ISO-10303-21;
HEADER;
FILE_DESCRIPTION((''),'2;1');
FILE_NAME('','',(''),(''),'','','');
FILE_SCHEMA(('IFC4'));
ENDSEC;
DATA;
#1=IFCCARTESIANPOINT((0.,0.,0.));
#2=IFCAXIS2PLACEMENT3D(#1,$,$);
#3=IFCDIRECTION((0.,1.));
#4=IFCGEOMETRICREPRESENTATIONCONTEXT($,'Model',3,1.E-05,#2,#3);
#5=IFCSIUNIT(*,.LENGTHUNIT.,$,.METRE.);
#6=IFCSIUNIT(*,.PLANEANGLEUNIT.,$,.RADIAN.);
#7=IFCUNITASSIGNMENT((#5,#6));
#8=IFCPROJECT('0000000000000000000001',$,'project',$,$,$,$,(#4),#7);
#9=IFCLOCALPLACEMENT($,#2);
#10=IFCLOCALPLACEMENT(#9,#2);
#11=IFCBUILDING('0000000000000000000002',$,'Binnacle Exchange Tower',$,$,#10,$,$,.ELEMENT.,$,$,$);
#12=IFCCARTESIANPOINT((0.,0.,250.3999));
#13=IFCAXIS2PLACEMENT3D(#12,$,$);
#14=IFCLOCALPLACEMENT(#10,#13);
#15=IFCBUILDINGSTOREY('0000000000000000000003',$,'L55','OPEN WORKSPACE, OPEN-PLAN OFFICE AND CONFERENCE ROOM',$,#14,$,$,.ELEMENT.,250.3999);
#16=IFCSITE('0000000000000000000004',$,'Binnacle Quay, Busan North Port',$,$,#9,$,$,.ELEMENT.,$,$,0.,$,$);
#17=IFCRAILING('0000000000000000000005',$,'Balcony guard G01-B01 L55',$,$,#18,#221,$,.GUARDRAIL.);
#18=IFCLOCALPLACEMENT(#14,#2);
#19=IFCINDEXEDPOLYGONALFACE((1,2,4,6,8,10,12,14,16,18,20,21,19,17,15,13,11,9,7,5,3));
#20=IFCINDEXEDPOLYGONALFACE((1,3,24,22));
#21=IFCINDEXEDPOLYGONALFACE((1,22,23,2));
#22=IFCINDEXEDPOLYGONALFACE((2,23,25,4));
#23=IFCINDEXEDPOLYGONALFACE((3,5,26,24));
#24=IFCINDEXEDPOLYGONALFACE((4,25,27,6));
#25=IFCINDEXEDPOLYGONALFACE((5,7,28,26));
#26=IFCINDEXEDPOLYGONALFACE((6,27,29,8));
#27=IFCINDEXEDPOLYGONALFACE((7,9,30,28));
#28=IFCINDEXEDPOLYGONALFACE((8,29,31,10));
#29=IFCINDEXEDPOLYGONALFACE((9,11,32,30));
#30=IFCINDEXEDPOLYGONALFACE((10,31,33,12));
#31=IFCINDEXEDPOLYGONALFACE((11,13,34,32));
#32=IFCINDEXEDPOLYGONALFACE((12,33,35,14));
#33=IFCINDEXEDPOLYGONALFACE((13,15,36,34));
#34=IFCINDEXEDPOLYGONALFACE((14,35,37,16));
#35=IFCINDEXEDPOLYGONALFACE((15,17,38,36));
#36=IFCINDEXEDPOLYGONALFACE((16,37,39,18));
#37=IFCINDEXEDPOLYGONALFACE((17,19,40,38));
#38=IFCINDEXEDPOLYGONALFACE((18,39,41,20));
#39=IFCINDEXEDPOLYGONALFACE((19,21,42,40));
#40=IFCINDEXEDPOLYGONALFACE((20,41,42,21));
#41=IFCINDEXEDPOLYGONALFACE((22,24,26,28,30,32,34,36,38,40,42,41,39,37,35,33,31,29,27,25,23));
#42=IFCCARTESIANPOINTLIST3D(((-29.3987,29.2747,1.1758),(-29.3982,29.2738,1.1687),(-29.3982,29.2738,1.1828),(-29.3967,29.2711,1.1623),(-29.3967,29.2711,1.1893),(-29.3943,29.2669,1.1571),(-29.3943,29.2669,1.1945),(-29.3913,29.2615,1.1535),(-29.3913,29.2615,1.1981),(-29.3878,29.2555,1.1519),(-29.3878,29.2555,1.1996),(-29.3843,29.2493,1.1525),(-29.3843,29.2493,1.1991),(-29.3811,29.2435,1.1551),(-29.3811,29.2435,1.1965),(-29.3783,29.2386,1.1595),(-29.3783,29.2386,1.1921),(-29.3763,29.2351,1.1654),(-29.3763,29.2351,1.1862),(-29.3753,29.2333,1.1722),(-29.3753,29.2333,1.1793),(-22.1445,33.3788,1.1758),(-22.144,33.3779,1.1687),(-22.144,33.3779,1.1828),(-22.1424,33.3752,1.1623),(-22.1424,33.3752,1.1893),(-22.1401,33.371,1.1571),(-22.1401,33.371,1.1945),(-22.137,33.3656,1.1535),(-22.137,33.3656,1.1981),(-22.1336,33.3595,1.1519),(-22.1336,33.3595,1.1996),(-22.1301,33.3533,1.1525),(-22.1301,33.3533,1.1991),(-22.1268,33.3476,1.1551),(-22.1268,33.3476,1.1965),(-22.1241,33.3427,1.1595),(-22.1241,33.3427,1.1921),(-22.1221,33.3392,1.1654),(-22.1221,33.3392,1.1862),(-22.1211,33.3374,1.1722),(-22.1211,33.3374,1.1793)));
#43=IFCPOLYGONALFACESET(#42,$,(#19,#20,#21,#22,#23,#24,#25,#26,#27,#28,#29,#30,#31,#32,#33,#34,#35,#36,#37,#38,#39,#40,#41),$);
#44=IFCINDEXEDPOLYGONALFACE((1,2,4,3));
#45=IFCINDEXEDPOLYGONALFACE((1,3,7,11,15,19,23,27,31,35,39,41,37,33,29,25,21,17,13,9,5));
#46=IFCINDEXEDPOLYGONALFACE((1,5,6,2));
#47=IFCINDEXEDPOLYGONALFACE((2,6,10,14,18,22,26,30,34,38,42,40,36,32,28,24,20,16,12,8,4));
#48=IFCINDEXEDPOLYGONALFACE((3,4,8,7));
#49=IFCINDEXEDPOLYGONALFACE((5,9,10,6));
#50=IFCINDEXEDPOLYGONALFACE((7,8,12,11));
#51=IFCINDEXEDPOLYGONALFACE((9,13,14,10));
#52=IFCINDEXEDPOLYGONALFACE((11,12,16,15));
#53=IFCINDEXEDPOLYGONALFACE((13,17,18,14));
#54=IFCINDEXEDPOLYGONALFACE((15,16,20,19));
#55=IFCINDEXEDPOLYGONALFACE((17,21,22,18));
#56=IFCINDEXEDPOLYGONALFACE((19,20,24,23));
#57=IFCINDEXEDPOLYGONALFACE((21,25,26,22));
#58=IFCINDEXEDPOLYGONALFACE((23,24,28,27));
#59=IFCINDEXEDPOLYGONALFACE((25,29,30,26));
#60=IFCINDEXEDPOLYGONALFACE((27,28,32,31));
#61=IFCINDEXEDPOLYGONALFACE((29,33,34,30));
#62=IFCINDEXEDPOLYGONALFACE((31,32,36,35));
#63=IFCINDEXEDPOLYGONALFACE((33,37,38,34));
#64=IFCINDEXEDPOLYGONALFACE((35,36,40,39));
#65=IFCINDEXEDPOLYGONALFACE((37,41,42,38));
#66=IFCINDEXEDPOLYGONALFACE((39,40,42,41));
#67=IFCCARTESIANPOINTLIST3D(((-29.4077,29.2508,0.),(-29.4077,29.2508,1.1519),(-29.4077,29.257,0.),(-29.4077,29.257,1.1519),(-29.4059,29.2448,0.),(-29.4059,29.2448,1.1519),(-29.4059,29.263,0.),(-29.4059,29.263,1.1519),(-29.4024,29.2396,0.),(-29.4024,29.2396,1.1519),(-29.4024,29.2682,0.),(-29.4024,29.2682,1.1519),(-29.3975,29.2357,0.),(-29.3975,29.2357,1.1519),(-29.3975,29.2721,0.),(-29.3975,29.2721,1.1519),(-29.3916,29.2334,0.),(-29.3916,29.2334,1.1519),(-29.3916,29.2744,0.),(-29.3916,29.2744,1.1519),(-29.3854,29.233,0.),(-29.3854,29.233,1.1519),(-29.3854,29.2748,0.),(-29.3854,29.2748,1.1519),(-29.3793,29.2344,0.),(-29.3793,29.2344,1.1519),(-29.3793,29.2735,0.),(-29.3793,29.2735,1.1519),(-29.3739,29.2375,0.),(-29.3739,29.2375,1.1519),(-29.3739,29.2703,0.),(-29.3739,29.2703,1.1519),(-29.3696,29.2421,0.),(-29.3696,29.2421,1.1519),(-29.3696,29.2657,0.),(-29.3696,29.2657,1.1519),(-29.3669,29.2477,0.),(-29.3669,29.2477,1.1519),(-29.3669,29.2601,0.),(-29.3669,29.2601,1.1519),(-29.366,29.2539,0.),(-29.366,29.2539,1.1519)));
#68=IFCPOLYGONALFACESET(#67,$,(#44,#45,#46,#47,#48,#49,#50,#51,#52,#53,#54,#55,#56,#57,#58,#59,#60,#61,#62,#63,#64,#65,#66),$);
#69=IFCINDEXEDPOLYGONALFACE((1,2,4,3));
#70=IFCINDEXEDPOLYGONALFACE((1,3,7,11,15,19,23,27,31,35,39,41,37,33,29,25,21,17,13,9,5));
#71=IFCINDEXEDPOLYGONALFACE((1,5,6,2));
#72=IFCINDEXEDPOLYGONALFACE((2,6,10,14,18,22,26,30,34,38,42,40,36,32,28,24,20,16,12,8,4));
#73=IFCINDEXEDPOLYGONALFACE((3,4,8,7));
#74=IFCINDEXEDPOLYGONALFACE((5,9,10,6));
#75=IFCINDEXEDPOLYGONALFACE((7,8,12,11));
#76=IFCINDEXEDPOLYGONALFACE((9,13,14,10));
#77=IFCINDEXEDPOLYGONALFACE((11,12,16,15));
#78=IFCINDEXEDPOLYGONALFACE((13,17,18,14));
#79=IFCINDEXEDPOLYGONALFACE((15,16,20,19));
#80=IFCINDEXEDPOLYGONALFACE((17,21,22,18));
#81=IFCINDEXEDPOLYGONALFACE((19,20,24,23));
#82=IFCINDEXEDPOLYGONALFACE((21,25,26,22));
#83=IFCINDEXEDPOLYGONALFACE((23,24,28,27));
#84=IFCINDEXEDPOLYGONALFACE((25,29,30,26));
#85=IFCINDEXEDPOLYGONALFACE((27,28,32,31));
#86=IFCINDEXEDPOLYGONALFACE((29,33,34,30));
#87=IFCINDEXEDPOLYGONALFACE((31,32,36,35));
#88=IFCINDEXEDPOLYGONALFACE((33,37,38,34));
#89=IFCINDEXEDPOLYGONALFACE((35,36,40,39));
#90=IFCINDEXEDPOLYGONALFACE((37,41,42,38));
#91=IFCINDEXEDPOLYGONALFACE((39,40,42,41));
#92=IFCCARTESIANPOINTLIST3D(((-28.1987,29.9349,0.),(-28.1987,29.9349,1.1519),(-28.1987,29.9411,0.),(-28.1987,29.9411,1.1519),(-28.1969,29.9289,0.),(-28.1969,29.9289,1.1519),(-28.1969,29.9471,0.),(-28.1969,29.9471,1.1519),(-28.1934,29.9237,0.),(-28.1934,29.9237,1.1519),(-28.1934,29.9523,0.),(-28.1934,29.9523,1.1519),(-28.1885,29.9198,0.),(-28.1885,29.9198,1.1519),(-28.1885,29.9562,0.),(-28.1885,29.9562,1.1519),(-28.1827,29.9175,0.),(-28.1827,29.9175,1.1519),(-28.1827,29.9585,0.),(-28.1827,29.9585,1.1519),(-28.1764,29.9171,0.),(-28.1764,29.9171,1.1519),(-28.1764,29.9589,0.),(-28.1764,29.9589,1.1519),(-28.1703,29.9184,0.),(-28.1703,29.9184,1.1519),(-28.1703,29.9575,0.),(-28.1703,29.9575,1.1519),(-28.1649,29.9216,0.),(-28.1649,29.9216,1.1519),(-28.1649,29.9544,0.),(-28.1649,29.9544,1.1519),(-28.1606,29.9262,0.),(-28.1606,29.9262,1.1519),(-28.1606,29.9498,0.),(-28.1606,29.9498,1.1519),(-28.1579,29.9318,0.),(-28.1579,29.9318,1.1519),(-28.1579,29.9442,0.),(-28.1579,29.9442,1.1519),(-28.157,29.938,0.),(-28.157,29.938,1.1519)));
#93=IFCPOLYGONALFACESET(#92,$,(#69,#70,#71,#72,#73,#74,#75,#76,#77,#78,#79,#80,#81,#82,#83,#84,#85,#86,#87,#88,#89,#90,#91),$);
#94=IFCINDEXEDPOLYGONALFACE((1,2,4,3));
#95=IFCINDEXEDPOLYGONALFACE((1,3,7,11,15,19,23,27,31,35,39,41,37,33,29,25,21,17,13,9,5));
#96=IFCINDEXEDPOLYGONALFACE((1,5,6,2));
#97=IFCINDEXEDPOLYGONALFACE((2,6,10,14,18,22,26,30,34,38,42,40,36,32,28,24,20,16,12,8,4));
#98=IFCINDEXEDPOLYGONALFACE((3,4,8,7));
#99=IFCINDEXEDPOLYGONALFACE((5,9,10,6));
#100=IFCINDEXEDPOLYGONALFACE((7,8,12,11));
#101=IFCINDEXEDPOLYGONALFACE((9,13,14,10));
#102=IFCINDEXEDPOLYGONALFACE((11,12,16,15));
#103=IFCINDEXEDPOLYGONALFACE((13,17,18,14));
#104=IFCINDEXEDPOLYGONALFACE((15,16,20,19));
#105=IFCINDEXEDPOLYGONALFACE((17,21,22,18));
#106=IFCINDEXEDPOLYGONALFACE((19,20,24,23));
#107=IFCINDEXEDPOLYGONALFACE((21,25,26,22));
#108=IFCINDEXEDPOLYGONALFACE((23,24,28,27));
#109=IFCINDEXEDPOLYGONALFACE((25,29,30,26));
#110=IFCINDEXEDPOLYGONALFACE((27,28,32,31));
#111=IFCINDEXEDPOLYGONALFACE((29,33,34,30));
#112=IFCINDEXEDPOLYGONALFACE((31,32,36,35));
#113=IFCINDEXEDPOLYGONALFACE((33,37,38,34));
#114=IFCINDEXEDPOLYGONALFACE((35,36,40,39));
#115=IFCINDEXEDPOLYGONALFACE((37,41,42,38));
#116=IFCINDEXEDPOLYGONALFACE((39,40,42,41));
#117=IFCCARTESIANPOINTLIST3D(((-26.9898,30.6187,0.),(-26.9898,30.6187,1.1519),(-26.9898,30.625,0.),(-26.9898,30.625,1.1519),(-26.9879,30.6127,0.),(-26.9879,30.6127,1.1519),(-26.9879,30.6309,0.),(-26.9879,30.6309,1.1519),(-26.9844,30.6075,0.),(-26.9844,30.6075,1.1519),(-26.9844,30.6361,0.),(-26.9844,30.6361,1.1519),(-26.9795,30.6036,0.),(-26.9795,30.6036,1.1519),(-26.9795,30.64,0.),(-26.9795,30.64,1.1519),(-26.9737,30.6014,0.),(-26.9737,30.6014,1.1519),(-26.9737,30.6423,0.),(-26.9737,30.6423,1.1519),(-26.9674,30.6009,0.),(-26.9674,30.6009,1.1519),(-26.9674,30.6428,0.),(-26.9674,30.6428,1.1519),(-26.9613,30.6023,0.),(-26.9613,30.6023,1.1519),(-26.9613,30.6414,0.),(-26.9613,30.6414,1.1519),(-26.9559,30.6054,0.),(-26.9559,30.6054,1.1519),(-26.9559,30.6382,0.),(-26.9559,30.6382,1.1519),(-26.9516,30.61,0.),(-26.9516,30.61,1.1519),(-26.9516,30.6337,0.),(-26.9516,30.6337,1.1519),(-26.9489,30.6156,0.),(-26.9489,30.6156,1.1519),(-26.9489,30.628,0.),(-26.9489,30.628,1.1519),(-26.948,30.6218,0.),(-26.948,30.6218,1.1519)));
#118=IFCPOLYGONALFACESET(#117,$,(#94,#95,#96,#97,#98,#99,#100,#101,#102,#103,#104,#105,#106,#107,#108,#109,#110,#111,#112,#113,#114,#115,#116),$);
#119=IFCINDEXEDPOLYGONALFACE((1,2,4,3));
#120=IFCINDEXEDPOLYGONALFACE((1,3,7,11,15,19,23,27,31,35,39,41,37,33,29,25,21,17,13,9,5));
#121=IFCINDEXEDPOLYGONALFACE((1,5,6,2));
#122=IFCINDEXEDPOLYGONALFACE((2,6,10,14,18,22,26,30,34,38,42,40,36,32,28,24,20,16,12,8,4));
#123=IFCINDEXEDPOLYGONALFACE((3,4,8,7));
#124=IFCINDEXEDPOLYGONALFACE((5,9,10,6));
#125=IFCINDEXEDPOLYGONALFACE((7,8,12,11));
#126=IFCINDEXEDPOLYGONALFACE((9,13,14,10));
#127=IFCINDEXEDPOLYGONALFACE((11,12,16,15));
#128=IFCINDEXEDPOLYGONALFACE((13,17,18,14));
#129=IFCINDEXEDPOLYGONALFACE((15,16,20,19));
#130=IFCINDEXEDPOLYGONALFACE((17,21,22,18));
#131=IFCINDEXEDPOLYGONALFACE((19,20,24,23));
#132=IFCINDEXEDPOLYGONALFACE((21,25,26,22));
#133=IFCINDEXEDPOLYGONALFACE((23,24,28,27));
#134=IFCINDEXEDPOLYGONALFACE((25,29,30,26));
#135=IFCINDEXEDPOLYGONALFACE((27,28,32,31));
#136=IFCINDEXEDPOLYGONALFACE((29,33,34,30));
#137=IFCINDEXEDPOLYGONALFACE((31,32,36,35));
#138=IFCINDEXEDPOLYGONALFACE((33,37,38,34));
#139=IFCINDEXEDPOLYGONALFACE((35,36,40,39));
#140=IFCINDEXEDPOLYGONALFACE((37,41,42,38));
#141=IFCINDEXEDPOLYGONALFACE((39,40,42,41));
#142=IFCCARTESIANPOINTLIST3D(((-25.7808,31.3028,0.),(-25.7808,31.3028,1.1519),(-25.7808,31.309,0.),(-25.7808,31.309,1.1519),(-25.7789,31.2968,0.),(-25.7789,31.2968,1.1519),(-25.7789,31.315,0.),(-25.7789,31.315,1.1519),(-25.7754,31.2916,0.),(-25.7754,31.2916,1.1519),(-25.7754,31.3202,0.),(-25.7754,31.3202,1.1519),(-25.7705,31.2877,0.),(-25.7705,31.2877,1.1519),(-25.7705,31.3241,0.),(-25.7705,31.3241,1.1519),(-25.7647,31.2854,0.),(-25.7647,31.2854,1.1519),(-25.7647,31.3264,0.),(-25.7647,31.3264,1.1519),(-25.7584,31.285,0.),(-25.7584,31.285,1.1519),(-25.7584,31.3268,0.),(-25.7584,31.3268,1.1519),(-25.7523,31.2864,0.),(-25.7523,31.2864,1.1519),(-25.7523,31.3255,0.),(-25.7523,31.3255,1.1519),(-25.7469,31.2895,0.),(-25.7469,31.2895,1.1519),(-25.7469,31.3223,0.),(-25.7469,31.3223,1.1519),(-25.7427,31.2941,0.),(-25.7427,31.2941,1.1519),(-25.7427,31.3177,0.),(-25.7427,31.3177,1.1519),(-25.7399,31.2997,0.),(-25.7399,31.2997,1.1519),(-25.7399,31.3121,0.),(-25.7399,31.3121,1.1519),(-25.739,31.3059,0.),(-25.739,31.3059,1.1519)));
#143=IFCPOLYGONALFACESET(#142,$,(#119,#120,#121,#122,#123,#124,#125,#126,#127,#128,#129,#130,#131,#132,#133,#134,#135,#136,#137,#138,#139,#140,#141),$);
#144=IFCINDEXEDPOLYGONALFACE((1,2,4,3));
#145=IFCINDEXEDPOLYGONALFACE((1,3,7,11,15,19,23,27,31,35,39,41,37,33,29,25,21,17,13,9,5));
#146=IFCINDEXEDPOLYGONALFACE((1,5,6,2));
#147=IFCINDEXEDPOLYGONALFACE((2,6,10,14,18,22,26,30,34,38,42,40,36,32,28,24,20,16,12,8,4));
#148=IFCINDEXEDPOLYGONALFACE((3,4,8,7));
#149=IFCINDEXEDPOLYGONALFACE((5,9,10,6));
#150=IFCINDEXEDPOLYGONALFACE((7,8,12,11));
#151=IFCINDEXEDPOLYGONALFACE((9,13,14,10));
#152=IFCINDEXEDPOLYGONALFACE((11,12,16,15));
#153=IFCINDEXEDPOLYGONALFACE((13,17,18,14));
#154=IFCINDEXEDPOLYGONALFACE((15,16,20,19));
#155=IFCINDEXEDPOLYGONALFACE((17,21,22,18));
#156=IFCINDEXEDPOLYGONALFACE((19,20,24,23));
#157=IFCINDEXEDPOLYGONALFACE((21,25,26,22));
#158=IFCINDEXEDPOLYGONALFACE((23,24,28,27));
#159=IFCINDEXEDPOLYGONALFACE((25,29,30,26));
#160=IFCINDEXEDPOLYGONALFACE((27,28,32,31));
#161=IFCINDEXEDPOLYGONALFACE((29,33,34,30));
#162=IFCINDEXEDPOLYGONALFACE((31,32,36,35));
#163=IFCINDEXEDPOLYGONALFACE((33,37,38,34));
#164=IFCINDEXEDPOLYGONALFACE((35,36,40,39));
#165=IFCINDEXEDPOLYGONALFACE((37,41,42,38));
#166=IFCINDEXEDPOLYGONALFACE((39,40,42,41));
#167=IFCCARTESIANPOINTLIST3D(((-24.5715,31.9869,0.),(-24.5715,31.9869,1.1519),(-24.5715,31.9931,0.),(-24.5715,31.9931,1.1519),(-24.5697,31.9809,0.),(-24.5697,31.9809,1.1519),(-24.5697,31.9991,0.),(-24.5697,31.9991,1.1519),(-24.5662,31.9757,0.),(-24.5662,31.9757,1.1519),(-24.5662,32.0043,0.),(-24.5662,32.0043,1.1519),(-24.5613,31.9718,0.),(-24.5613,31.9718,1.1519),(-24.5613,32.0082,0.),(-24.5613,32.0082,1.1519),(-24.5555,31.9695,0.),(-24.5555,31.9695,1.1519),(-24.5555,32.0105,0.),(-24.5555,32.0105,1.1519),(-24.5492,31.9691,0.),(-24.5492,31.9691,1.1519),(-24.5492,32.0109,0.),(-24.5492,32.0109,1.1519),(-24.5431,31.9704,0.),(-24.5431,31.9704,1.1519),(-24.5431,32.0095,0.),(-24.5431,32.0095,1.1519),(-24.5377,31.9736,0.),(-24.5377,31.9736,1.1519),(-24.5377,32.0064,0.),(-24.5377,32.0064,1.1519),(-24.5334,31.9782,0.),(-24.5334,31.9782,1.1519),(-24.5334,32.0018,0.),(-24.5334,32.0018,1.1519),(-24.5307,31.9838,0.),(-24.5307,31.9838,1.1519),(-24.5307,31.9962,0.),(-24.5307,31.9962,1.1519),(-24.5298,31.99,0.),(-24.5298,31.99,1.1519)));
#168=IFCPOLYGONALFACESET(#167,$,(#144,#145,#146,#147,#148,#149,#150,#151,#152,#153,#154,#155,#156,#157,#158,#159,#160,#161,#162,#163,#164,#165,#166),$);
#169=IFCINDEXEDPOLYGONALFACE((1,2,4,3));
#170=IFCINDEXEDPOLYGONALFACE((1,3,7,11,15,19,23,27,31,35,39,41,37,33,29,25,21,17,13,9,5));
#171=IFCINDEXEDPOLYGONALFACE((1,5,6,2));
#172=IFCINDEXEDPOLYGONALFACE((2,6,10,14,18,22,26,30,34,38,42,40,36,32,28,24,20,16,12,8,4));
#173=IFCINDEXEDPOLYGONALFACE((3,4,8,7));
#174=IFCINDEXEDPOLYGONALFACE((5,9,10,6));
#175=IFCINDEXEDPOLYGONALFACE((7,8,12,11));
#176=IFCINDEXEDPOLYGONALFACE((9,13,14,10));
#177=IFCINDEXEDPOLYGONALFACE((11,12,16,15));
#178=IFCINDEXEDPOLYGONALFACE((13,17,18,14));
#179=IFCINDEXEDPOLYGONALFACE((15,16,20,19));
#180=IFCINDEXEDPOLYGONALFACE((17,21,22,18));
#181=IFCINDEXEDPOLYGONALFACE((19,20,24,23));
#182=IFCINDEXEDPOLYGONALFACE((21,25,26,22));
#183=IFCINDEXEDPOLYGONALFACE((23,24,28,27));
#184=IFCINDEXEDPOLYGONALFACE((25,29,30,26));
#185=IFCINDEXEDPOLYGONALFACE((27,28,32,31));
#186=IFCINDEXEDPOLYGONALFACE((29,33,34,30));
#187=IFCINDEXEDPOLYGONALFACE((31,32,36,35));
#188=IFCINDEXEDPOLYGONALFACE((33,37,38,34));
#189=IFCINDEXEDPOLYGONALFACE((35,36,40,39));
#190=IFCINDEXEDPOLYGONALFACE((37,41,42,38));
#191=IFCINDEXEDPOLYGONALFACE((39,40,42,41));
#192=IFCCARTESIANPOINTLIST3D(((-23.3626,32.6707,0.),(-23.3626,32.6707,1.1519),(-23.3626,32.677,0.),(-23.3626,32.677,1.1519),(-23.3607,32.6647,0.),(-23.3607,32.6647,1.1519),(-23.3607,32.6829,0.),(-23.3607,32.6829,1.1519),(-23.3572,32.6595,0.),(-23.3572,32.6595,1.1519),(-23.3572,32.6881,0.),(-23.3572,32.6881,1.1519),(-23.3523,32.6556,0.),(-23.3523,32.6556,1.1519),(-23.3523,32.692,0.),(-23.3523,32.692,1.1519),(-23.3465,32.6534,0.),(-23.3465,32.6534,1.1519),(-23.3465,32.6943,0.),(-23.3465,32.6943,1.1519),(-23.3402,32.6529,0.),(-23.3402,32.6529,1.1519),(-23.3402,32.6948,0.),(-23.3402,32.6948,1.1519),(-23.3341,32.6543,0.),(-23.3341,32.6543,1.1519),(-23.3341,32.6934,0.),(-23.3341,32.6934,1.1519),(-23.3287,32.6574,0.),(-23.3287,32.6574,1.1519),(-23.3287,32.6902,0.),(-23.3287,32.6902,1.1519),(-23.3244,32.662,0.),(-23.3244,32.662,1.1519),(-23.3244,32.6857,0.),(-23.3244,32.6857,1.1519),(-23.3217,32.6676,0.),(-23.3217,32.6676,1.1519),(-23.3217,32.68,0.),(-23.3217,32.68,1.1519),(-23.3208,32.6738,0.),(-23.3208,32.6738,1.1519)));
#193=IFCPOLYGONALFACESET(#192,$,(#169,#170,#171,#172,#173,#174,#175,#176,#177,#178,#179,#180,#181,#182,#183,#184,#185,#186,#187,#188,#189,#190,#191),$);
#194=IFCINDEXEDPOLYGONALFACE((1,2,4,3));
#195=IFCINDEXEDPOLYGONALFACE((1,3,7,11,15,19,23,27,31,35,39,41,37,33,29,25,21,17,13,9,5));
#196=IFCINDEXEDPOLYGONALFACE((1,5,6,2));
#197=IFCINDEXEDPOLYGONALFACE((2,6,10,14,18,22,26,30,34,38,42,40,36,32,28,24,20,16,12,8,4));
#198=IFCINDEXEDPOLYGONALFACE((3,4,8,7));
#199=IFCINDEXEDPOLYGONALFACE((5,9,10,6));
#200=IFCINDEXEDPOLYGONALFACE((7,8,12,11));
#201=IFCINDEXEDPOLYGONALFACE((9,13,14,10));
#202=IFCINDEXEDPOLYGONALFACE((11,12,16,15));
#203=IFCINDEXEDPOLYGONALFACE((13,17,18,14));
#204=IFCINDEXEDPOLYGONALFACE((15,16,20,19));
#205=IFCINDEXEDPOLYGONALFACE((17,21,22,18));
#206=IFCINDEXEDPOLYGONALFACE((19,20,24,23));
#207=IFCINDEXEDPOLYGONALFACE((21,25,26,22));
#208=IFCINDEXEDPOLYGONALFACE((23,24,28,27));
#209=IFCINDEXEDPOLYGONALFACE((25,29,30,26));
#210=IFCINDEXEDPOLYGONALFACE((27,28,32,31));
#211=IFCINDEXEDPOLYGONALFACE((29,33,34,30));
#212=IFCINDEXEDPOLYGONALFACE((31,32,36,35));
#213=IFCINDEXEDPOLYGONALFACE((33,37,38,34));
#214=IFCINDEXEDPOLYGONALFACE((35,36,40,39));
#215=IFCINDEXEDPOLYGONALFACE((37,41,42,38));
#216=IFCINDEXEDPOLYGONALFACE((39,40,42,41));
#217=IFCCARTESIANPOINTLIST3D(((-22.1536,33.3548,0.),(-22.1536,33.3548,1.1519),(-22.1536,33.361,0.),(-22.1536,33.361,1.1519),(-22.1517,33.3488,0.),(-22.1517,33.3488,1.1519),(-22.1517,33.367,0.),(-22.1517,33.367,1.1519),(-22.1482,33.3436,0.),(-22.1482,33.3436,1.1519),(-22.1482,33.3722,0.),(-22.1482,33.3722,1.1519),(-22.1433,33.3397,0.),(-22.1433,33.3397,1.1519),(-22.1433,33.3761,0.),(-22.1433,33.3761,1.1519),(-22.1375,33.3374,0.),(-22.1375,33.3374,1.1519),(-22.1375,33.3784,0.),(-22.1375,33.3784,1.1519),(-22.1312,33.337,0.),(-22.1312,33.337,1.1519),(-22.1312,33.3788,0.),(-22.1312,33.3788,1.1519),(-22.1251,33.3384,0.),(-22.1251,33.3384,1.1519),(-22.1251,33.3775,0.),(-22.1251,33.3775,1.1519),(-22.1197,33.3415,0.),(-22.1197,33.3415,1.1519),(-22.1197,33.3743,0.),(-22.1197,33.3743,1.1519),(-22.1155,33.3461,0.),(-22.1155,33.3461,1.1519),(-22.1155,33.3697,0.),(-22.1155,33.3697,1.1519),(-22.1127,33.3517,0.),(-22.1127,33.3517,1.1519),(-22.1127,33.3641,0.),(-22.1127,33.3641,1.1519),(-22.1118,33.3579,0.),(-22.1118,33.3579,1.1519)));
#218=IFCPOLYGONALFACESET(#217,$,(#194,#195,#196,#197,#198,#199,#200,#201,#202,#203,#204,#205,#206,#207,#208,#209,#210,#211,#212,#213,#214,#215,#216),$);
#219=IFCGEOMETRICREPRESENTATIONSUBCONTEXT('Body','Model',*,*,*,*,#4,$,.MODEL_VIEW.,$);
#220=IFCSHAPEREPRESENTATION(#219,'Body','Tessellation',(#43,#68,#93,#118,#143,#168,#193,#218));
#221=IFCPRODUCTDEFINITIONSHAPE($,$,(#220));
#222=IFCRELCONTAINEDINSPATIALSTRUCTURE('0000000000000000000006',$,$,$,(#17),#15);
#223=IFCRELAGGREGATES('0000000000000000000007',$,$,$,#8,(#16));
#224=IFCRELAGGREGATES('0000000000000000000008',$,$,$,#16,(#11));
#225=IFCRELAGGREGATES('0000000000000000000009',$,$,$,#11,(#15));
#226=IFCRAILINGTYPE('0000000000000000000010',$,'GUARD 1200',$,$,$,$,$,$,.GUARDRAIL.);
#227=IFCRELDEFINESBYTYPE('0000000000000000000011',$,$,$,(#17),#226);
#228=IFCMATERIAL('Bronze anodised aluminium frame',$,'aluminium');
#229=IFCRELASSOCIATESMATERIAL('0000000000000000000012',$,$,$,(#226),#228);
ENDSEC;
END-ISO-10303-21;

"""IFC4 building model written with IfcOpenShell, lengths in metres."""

from ifc_helpers import new_model, si_unit, direction, frame, origin, origin_2d, place, context, subcontext, project, spatial, circle, extrude, material, type_object, element, save


model = new_model("IFC4")

# Units and contexts
model_context = context("Model", 3, precision=1e-05, world=origin(), true_north=direction((0.0, 1.0)))
body_context = subcontext(model_context, "Body", "Model", "MODEL_VIEW")
ifc_project = project(units=[si_unit("LENGTHUNIT", "METRE"), si_unit("PLANEANGLEUNIT", "RADIAN")], contexts=[model_context])

# Site, building, storey
site_placement = place(None, origin())
site = spatial("IfcSite", under=ifc_project, at=site_placement, Name="Binnacle Quay, Busan North Port", CompositionType="ELEMENT", RefElevation=0.0)
building_placement = place(site_placement, origin())
building = spatial("IfcBuilding", under=site, at=building_placement, Name="Binnacle Exchange Tower", CompositionType="ELEMENT")
storey_placement = place(building_placement, frame((0.0, 0.0, 250.3999)))
storey = spatial("IfcBuildingStorey", under=building, at=storey_placement, Name="L55", Description="OPEN WORKSPACE, OPEN-PLAN OFFICE AND CONFERENCE ROOM", CompositionType="ELEMENT", Elevation=250.3999)

# Railing
ifc_material_1 = material(Name="Bronze anodised aluminium frame", Category="aluminium")
railing_type_1 = type_object("IfcRailingType", Name="GUARD 1200", PredefinedType="GUARDRAIL", material=ifc_material_1)
railing_1_placement = place(storey_placement, frame((-29.387, 29.2539, 0.0)))
element("IfcRailing", 1, at=railing_1_placement, inside=storey, type_object=railing_type_1, Name="Balcony guard G01-B01 L55", PredefinedType="GUARDRAIL", context=body_context, shape_type="SweptSolid", body=[
    extrude(circle(Radius=0.0239, at=origin_2d()), frame((0.0, 0.0, 1.1758), z_axis=(0.870366, 0.492406, 0.0), x_axis=(-0.492406, 0.870366, 0.0)), (0.0, 0.0, 1.0), 8.3347),
    extrude(circle(Radius=0.021, at=origin_2d()), origin(), (0.0, 0.0, 1.0), 1.1519),
    extrude(circle(Radius=0.021, at=origin_2d()), frame((1.209, 0.6841, 0.0)), (0.0, 0.0, 1.0), 1.1519),
    extrude(circle(Radius=0.021, at=origin_2d()), frame((2.418, 1.3679, 0.0)), (0.0, 0.0, 1.0), 1.1519),
    extrude(circle(Radius=0.021, at=origin_2d()), frame((3.627, 2.052, 0.0)), (0.0, 0.0, 1.0), 1.1519),
    extrude(circle(Radius=0.021, at=origin_2d()), frame((4.8362, 2.7361, 0.0)), (0.0, 0.0, 1.0), 1.1519),
    extrude(circle(Radius=0.021, at=origin_2d()), frame((6.0452, 3.4199, 0.0)), (0.0, 0.0, 1.0), 1.1519),
    extrude(circle(Radius=0.021, at=origin_2d()), frame((7.2542, 4.104, 0.0)), (0.0, 0.0, 1.0), 1.1519),
])

save(model, "model.ifc")
